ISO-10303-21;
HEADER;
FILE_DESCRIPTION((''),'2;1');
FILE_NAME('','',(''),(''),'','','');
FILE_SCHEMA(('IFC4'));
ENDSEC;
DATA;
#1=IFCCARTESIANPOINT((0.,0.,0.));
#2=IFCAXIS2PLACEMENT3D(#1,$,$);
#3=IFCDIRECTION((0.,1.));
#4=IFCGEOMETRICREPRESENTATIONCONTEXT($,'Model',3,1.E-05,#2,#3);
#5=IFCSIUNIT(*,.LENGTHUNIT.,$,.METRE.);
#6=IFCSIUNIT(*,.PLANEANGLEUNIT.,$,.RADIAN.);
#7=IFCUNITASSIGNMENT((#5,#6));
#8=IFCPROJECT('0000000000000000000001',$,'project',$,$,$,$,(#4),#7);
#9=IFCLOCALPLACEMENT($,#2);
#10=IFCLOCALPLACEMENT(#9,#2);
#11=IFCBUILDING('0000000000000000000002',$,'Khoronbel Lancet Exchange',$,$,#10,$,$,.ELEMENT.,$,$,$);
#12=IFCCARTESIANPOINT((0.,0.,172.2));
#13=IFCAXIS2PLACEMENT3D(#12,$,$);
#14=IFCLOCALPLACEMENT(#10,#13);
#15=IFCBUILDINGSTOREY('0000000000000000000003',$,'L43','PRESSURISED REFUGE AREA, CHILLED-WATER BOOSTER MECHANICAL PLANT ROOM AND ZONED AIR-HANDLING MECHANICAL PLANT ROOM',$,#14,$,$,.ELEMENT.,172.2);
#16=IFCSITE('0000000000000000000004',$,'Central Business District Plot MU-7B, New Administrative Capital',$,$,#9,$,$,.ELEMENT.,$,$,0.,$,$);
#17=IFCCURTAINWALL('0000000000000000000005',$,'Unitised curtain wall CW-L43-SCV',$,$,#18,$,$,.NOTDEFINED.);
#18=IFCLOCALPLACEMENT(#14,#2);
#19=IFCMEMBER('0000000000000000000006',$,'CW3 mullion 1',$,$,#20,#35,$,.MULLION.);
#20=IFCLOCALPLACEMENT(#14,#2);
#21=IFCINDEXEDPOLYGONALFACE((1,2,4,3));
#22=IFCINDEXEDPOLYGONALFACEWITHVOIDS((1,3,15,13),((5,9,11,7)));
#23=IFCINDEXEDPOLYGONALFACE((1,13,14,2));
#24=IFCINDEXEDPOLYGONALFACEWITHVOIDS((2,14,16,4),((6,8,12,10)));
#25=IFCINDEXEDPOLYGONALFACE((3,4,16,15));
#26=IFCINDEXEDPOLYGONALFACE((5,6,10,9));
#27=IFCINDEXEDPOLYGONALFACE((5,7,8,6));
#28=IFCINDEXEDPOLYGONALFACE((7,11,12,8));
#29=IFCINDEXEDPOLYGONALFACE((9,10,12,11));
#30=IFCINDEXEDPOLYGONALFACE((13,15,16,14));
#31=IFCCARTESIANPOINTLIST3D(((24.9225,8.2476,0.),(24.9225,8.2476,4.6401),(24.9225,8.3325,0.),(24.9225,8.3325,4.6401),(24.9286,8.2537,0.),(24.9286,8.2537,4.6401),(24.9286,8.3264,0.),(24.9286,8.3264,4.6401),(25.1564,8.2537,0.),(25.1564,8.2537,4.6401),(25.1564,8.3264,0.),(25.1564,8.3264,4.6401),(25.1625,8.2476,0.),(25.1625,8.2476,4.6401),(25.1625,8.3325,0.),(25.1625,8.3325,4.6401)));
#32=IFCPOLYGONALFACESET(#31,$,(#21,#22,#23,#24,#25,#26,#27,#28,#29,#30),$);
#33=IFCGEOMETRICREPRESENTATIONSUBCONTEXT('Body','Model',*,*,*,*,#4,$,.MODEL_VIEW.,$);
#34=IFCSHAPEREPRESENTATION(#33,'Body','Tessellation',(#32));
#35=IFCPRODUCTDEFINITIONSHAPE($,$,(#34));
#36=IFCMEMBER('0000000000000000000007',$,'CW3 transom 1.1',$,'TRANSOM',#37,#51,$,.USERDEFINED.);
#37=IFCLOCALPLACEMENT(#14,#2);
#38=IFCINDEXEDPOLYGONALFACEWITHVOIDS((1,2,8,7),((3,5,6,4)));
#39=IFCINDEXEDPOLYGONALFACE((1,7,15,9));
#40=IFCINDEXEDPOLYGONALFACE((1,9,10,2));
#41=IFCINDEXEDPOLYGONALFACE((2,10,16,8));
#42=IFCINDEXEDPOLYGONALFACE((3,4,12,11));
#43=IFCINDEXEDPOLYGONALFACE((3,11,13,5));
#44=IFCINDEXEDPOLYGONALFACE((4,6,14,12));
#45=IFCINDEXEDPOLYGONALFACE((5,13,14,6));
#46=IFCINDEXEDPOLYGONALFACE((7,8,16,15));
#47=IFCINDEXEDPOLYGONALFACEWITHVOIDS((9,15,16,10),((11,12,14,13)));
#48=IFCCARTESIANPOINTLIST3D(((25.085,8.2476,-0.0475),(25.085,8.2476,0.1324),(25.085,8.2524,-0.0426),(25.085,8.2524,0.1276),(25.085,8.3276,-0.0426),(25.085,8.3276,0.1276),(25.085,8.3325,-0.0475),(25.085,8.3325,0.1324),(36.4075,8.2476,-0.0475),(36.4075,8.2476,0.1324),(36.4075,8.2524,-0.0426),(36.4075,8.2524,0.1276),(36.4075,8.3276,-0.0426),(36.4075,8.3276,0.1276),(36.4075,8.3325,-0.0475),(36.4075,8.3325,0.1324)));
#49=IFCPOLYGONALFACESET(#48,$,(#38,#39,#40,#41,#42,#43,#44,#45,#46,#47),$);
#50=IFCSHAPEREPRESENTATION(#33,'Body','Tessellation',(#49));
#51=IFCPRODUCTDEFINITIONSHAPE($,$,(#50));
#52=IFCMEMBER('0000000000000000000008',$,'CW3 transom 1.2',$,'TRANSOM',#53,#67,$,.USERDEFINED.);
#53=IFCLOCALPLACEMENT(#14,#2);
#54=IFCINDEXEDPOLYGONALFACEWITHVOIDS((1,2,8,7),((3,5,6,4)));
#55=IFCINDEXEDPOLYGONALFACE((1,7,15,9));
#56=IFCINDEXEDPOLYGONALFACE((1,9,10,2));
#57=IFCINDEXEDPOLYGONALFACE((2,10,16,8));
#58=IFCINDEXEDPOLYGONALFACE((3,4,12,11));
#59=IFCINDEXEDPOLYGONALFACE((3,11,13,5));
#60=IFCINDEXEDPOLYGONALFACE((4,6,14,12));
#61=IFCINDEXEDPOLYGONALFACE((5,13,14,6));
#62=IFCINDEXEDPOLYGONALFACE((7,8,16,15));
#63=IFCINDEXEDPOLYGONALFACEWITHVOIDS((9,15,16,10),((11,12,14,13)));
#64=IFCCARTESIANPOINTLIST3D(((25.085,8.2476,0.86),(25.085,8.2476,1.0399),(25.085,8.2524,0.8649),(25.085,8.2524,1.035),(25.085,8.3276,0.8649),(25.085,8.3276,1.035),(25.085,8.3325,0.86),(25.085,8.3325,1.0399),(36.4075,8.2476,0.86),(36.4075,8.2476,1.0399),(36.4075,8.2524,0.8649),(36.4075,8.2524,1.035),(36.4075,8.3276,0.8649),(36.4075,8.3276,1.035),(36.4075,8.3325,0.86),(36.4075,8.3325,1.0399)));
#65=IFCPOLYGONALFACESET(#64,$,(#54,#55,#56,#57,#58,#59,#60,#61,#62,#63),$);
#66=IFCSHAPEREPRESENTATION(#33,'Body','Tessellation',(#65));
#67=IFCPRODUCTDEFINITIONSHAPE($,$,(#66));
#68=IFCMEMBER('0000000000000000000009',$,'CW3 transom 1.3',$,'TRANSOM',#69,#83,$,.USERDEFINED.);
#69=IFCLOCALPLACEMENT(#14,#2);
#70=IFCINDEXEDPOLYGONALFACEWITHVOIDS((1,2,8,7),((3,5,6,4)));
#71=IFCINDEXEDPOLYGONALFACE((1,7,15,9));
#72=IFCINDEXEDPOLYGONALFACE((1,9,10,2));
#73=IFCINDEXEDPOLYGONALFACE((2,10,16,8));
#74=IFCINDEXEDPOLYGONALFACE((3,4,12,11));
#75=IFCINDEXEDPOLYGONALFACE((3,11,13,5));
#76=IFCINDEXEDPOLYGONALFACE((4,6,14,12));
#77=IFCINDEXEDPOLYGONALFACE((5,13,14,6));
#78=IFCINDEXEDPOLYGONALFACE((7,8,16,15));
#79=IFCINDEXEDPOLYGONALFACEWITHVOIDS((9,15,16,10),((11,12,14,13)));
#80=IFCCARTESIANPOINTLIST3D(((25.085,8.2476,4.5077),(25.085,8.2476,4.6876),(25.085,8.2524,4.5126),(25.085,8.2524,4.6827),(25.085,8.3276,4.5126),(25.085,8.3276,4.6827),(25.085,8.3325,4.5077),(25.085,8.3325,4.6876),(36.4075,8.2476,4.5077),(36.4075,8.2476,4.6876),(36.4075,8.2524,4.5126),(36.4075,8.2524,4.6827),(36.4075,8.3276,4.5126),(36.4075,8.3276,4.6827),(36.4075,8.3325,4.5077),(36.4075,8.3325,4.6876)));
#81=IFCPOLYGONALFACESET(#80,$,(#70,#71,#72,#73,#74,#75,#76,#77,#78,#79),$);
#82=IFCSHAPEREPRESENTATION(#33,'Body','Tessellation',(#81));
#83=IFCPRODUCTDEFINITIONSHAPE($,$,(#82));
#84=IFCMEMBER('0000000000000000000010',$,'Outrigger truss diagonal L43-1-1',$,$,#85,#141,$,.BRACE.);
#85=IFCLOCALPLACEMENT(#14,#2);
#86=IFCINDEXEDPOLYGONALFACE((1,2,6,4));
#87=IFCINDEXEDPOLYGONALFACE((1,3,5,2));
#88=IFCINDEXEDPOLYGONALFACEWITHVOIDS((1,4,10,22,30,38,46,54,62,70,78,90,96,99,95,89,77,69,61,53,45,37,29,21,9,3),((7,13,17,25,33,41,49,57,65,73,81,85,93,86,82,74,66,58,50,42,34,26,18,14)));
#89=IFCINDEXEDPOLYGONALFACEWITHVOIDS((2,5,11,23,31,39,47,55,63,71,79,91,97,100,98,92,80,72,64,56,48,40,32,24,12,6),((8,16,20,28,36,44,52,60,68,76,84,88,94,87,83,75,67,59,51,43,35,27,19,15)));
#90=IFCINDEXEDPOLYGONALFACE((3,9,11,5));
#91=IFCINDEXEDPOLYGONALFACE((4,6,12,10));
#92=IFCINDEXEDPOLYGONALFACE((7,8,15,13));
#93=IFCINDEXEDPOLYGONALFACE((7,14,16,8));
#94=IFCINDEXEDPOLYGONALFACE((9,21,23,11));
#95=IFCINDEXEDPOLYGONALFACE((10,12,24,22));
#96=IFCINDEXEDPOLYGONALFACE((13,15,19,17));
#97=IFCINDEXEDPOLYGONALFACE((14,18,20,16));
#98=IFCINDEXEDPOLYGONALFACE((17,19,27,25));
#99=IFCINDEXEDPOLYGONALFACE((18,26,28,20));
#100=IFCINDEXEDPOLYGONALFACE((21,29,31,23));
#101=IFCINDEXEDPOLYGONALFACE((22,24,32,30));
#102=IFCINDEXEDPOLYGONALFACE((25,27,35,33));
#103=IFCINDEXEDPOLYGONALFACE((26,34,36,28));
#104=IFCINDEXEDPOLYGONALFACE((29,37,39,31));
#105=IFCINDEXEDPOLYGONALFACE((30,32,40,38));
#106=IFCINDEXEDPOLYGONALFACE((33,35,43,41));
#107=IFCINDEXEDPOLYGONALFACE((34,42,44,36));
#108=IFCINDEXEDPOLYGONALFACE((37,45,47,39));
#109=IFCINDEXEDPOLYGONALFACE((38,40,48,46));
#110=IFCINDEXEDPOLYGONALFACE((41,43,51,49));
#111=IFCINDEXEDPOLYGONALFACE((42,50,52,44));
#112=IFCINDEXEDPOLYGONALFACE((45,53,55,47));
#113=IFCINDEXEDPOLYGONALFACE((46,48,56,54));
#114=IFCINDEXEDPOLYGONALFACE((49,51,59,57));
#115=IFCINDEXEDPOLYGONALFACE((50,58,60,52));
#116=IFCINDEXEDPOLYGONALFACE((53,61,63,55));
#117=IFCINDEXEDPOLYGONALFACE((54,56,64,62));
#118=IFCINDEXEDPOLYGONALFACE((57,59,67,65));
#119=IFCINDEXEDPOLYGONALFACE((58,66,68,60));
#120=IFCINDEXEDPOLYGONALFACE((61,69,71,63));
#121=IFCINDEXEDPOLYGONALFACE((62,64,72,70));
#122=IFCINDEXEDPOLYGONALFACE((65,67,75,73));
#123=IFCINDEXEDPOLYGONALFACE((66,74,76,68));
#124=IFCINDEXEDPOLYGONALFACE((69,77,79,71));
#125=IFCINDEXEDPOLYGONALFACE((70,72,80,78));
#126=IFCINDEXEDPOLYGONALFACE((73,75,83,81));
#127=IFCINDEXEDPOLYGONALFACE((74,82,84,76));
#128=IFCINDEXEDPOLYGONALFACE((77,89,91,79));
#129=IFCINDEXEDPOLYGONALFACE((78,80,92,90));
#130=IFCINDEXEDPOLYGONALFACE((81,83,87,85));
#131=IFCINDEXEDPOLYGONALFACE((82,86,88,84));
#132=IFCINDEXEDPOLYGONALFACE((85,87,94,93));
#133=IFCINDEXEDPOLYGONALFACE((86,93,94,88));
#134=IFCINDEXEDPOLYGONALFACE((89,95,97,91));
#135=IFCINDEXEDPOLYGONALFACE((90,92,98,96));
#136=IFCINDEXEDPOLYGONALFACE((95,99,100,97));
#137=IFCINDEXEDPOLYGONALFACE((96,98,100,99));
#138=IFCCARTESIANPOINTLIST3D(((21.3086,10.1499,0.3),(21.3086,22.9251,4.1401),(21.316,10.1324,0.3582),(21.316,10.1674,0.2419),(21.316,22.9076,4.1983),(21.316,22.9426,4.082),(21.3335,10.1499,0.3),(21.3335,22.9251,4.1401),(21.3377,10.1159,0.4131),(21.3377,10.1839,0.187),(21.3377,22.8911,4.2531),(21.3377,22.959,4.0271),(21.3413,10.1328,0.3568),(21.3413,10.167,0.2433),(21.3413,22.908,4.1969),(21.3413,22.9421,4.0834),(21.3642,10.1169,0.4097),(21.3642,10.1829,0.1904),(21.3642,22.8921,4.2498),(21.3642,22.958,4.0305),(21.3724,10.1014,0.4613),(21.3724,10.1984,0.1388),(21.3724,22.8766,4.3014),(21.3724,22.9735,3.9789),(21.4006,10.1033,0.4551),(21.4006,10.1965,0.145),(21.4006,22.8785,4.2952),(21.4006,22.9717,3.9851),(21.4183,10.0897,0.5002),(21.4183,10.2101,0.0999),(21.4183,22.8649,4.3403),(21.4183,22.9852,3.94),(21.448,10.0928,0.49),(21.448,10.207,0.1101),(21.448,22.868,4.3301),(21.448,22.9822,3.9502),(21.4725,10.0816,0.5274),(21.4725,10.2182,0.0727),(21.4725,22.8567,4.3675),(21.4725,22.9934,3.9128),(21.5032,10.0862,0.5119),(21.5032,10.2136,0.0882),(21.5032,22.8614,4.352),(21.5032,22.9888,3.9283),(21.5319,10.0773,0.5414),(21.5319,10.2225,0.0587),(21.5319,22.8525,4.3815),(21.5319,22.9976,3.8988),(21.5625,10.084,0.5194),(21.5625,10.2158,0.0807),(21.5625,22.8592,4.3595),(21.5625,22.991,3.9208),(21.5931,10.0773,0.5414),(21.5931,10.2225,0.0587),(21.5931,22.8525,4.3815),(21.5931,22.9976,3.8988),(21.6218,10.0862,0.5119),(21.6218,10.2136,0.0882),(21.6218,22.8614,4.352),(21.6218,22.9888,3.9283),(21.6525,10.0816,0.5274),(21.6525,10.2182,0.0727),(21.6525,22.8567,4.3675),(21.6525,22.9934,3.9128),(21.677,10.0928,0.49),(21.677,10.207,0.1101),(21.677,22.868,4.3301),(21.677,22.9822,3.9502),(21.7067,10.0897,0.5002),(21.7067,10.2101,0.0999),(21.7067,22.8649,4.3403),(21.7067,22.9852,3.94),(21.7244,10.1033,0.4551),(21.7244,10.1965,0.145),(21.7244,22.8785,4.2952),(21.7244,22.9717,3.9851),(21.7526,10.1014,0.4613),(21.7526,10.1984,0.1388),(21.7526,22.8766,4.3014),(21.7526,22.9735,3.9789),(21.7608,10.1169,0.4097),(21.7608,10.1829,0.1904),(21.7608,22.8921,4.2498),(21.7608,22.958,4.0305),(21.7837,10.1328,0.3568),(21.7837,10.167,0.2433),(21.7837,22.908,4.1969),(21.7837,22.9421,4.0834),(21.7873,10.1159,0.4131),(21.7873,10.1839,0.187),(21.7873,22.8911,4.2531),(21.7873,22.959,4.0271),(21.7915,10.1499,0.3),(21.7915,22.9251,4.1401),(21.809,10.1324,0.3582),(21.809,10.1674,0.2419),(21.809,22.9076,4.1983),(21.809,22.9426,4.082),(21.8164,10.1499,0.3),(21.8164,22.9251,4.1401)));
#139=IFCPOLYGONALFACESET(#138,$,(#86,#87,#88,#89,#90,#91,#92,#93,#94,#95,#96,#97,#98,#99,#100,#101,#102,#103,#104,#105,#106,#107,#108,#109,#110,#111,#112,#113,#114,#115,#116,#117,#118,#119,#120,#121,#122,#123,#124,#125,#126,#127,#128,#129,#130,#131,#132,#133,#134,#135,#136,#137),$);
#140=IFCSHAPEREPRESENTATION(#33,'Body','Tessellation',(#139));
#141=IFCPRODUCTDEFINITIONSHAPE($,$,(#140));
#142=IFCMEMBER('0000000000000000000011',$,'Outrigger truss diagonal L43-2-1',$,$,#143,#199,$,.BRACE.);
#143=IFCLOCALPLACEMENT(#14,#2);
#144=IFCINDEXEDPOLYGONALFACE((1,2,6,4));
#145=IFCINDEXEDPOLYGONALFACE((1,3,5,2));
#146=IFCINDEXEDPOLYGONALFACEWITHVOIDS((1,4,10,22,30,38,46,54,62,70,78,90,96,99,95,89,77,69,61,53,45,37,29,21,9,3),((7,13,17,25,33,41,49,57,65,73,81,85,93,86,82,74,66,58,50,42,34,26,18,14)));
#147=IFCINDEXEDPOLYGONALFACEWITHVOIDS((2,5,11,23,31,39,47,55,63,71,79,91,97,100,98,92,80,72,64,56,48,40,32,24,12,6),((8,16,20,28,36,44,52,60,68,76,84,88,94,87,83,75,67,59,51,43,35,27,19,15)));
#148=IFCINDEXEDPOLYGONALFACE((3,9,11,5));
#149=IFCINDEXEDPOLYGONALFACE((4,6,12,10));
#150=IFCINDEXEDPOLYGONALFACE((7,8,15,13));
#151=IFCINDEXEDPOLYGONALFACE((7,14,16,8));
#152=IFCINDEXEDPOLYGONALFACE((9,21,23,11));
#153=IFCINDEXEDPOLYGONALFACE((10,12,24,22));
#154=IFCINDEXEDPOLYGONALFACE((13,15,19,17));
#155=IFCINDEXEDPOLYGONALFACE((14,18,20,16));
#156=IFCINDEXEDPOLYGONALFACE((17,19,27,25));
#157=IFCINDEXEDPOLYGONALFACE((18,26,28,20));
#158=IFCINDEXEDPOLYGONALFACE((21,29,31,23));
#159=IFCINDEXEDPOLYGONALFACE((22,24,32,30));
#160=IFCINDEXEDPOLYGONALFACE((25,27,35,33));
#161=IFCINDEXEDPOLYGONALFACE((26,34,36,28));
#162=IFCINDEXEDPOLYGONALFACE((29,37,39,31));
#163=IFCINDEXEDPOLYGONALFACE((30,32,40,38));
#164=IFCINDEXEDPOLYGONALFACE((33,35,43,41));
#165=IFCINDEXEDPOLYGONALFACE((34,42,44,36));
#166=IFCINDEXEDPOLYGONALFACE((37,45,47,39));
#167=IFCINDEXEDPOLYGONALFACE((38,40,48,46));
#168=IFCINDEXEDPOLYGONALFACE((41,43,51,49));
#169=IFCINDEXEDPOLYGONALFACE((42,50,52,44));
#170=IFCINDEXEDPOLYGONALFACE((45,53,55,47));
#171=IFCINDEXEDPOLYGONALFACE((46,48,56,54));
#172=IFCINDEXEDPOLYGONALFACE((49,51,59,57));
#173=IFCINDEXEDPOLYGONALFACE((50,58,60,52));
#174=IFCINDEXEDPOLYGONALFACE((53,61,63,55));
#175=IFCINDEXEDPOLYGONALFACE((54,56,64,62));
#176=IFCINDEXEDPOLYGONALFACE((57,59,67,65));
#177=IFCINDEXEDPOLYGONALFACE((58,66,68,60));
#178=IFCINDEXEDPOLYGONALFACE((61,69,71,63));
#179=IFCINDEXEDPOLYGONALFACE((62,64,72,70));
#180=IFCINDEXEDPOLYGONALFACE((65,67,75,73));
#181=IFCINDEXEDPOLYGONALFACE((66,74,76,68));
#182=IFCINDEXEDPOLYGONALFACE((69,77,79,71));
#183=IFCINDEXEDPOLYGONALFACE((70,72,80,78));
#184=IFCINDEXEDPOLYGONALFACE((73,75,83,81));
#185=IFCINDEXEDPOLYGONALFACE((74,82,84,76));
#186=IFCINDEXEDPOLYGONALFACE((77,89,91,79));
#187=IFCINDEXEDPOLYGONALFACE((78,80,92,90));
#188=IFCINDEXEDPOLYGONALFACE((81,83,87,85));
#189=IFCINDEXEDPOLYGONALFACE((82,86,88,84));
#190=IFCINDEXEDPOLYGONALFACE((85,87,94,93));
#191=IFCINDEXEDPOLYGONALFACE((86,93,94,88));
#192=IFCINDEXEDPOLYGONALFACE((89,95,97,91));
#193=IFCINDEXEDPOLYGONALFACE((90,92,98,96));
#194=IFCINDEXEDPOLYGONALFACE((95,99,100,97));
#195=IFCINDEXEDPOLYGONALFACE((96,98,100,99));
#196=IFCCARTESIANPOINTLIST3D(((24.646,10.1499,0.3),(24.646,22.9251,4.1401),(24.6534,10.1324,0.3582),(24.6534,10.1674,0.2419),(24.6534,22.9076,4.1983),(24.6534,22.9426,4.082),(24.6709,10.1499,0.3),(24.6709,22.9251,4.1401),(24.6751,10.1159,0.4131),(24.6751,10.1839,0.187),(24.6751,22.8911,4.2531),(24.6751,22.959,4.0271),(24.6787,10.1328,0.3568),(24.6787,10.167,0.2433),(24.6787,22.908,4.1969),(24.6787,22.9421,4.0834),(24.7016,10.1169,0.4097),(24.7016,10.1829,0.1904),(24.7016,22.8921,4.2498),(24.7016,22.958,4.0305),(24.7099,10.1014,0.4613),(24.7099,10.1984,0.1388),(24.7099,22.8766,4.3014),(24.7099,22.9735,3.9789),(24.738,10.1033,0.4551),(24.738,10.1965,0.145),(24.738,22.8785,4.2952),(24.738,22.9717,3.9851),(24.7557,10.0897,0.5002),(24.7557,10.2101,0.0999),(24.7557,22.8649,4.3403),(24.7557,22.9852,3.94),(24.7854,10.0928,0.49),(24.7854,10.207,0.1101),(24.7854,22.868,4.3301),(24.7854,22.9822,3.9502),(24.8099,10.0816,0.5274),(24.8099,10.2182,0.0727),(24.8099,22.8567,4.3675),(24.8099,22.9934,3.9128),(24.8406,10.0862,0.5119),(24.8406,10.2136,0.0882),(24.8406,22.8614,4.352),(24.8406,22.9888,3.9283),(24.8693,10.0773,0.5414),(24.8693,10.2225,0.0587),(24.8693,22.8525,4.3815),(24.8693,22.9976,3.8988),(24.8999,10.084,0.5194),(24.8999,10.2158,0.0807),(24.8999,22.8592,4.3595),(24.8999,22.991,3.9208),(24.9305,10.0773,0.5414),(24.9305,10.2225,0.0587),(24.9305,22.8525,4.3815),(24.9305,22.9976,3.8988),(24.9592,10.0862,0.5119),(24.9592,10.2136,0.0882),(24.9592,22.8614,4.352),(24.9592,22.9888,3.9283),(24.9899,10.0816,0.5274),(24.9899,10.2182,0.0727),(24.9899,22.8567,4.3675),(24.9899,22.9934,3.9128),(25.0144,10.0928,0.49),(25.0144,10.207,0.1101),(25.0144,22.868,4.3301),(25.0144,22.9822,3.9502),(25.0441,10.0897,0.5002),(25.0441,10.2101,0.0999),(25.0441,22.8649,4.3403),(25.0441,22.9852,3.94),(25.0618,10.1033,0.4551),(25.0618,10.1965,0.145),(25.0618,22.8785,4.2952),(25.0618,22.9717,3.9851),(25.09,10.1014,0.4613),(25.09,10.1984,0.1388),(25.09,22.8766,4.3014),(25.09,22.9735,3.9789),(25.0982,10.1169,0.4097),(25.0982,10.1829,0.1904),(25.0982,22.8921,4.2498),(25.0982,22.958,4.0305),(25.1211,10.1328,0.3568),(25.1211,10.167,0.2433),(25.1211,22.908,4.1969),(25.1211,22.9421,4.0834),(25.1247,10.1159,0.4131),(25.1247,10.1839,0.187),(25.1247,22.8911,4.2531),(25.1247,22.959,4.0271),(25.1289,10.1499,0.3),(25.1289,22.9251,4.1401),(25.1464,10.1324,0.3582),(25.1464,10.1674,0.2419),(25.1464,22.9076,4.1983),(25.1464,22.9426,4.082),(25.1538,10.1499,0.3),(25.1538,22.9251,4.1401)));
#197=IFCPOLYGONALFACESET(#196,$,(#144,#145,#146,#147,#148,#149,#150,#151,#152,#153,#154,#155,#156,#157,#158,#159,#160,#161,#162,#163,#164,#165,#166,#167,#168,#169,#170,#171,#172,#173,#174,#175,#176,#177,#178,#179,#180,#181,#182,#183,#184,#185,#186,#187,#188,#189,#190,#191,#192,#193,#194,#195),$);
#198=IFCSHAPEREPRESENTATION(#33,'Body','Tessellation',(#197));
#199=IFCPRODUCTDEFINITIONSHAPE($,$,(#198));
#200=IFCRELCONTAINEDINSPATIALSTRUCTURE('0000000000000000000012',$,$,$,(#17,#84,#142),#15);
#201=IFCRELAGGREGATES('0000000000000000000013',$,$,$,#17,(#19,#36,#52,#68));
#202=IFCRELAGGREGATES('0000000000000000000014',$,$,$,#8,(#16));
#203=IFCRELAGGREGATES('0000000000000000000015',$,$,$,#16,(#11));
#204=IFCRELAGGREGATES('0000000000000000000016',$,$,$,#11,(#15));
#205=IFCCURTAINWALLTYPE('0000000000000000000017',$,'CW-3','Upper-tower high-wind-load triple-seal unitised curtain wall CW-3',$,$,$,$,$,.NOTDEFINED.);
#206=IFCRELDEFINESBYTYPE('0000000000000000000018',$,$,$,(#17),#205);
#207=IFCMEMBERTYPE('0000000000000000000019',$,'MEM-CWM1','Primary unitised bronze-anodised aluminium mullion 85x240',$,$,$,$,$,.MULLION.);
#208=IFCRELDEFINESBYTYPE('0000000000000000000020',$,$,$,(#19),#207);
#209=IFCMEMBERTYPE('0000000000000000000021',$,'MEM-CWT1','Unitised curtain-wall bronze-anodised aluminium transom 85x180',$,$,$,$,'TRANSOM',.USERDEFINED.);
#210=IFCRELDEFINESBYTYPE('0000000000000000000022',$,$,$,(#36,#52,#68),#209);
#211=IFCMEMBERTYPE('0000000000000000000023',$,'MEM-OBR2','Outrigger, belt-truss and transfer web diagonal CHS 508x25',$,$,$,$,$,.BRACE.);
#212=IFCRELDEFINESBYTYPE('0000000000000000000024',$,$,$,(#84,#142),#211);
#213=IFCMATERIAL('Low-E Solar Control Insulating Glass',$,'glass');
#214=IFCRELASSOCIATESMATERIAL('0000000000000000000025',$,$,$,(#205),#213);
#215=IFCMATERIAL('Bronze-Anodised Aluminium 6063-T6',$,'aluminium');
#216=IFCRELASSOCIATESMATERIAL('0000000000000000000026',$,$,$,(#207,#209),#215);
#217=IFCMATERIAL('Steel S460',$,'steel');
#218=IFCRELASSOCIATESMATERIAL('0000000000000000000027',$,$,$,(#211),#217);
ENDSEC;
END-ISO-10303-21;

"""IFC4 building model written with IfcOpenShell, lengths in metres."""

from ifc_helpers import new_model, si_unit, direction, frame, origin, origin_2d, place, context, subcontext, project, spatial, hollow_rectangle, hollow_circle, extrude, material, material_profile, profile_set, type_object, element, aggregate, save


model = new_model("IFC4")

# Units and contexts
model_context = context("Model", 3, precision=1e-05, world=origin(), true_north=direction((0.0, 1.0)))
body_context = subcontext(model_context, "Body", "Model", "MODEL_VIEW")
ifc_project = project(units=[si_unit("LENGTHUNIT", "METRE"), si_unit("PLANEANGLEUNIT", "RADIAN")], contexts=[model_context])

# Site, building, storey
site_placement = place(None, origin())
site = spatial("IfcSite", under=ifc_project, at=site_placement, Name="Central Business District Plot MU-7B, New Administrative Capital", CompositionType="ELEMENT", RefElevation=0.0)
building_placement = place(site_placement, origin())
building = spatial("IfcBuilding", under=site, at=building_placement, Name="Khoronbel Lancet Exchange", CompositionType="ELEMENT")
storey_placement = place(building_placement, frame((0.0, 0.0, 172.2)))
storey = spatial("IfcBuildingStorey", under=building, at=storey_placement, Name="L43", Description="PRESSURISED REFUGE AREA, CHILLED-WATER BOOSTER MECHANICAL PLANT ROOM AND ZONED AIR-HANDLING MECHANICAL PLANT ROOM", CompositionType="ELEMENT", Elevation=172.2)

# Shared definitions
ifc_material_1 = material(Name="Steel S460", Category="steel")

# Shared definitions
ifc_material_2 = material(Name="Low-E Solar Control Insulating Glass", Category="glass")
curtain_wall_type = type_object("IfcCurtainWallType", Name="CW-3", Description="Upper-tower high-wind-load triple-seal unitised curtain wall CW-3", PredefinedType="NOTDEFINED", material=ifc_material_2)
ifc_material_3 = material(Name="Bronze-Anodised Aluminium 6063-T6", Category="aluminium")
ifc_material_profile_1 = material_profile(ifc_material_3, hollow_rectangle(XDim=0.085, YDim=0.24, WallThickness=0.0061, at=origin_2d()), Name="ALU MULLION 85x240")
ifc_profile_set_1 = profile_set([ifc_material_profile_1], Name="Bronze-Anodised Aluminium 6063-T6")
member_type_1 = type_object("IfcMemberType", Name="MEM-CWM1", Description="Primary unitised bronze-anodised aluminium mullion 85x240", PredefinedType="MULLION", material=ifc_profile_set_1)

# Curtain wall, members
curtain_wall_1_placement = place(storey_placement, origin())
curtain_wall_1 = element("IfcCurtainWall", 1, at=curtain_wall_1_placement, inside=storey, type_object=curtain_wall_type, Name="Unitised curtain wall CW-L43-SCV", PredefinedType="NOTDEFINED")
member_1_placement = place(storey_placement, frame((25.0425, 8.29, 0.0), z_axis=(0.0, 0.0, 1.0), x_axis=(0.0, 1.0, 0.0)))
member_1 = element("IfcMember", 2, at=member_1_placement, type_object=member_type_1, Name="CW3 mullion 1", PredefinedType="MULLION", context=body_context, shape_type="SweptSolid", body=[
    extrude(hollow_rectangle(XDim=0.085, YDim=0.24, WallThickness=0.0061, at=origin_2d()), origin(), (0.0, 0.0, 1.0), 4.6401),
])
ifc_material_profile_2 = material_profile(ifc_material_3, hollow_rectangle(XDim=0.085, YDim=0.1799, WallThickness=0.0049, at=origin_2d()), Name="ALU TRANSOM 85x180")
ifc_profile_set_2 = profile_set([ifc_material_profile_2], Name="Bronze-Anodised Aluminium 6063-T6")
member_type_2 = type_object("IfcMemberType", Name="MEM-CWT1", Description="Unitised curtain-wall bronze-anodised aluminium transom 85x180", ElementType="TRANSOM", PredefinedType="USERDEFINED", material=ifc_profile_set_2)
member_2_placement = place(storey_placement, frame((25.085, 8.29, 0.0425), z_axis=(1.0, 0.0, 0.0), x_axis=(0.0, 1.0, 0.0)))
member_2 = element("IfcMember", 3, at=member_2_placement, type_object=member_type_2, Name="CW3 transom 1.1", ObjectType="TRANSOM", PredefinedType="USERDEFINED", context=body_context, shape_type="SweptSolid", body=[
    extrude(hollow_rectangle(XDim=0.085, YDim=0.1799, WallThickness=0.0049, at=origin_2d()), origin(), (0.0, 0.0, 1.0), 11.3225),
])
member_3_placement = place(storey_placement, frame((25.085, 8.29, 0.95), z_axis=(1.0, 0.0, 0.0), x_axis=(0.0, 1.0, 0.0)))
member_3 = element("IfcMember", 4, at=member_3_placement, type_object=member_type_2, Name="CW3 transom 1.2", ObjectType="TRANSOM", PredefinedType="USERDEFINED", context=body_context, shape_type="SweptSolid", body=[
    extrude(hollow_rectangle(XDim=0.085, YDim=0.1799, WallThickness=0.0049, at=origin_2d()), origin(), (0.0, 0.0, 1.0), 11.3225),
])
member_4_placement = place(storey_placement, frame((25.085, 8.29, 4.5977), z_axis=(1.0, 0.0, 0.0), x_axis=(0.0, 1.0, 0.0)))
member_4 = element("IfcMember", 5, at=member_4_placement, type_object=member_type_2, Name="CW3 transom 1.3", ObjectType="TRANSOM", PredefinedType="USERDEFINED", context=body_context, shape_type="SweptSolid", body=[
    extrude(hollow_rectangle(XDim=0.085, YDim=0.1799, WallThickness=0.0049, at=origin_2d()), origin(), (0.0, 0.0, 1.0), 11.3225),
])

# Members
ifc_material_profile_3 = material_profile(ifc_material_1, hollow_circle(Radius=0.2539, WallThickness=0.0249, at=origin_2d()), Name="CHS 508x25")
ifc_profile_set_3 = profile_set([ifc_material_profile_3], Name="Steel S460")
member_type_3 = type_object("IfcMemberType", Name="MEM-OBR2", Description="Outrigger, belt-truss and transfer web diagonal CHS 508x25", PredefinedType="BRACE", material=ifc_profile_set_3)
for number, where, z_axis, x_axis, name in (
    (6, (21.5625, 10.1499, 0.3), (0.0, 0.95767, 0.287867), (-1.0, 0.0, 0.0), "Outrigger truss diagonal L43-1-1"),
    (7, (24.8999, 10.1499, 0.3), (0.0, 0.95767, 0.287867), (-1.0, 0.0, 0.0), "Outrigger truss diagonal L43-2-1"),
):
    element("IfcMember", number, at=place(storey_placement, frame(where, z_axis=z_axis, x_axis=x_axis)), inside=storey, type_object=member_type_3, Name=name, PredefinedType="BRACE", context=body_context, shape_type="SweptSolid", body=[
        extrude(hollow_circle(Radius=0.2539, WallThickness=0.0249, at=origin_2d()), origin(), (0.0, 0.0, 1.0), 13.3398),
    ])

aggregate(curtain_wall_1, [member_1, member_2, member_3, member_4])

save(model, "model.ifc")
